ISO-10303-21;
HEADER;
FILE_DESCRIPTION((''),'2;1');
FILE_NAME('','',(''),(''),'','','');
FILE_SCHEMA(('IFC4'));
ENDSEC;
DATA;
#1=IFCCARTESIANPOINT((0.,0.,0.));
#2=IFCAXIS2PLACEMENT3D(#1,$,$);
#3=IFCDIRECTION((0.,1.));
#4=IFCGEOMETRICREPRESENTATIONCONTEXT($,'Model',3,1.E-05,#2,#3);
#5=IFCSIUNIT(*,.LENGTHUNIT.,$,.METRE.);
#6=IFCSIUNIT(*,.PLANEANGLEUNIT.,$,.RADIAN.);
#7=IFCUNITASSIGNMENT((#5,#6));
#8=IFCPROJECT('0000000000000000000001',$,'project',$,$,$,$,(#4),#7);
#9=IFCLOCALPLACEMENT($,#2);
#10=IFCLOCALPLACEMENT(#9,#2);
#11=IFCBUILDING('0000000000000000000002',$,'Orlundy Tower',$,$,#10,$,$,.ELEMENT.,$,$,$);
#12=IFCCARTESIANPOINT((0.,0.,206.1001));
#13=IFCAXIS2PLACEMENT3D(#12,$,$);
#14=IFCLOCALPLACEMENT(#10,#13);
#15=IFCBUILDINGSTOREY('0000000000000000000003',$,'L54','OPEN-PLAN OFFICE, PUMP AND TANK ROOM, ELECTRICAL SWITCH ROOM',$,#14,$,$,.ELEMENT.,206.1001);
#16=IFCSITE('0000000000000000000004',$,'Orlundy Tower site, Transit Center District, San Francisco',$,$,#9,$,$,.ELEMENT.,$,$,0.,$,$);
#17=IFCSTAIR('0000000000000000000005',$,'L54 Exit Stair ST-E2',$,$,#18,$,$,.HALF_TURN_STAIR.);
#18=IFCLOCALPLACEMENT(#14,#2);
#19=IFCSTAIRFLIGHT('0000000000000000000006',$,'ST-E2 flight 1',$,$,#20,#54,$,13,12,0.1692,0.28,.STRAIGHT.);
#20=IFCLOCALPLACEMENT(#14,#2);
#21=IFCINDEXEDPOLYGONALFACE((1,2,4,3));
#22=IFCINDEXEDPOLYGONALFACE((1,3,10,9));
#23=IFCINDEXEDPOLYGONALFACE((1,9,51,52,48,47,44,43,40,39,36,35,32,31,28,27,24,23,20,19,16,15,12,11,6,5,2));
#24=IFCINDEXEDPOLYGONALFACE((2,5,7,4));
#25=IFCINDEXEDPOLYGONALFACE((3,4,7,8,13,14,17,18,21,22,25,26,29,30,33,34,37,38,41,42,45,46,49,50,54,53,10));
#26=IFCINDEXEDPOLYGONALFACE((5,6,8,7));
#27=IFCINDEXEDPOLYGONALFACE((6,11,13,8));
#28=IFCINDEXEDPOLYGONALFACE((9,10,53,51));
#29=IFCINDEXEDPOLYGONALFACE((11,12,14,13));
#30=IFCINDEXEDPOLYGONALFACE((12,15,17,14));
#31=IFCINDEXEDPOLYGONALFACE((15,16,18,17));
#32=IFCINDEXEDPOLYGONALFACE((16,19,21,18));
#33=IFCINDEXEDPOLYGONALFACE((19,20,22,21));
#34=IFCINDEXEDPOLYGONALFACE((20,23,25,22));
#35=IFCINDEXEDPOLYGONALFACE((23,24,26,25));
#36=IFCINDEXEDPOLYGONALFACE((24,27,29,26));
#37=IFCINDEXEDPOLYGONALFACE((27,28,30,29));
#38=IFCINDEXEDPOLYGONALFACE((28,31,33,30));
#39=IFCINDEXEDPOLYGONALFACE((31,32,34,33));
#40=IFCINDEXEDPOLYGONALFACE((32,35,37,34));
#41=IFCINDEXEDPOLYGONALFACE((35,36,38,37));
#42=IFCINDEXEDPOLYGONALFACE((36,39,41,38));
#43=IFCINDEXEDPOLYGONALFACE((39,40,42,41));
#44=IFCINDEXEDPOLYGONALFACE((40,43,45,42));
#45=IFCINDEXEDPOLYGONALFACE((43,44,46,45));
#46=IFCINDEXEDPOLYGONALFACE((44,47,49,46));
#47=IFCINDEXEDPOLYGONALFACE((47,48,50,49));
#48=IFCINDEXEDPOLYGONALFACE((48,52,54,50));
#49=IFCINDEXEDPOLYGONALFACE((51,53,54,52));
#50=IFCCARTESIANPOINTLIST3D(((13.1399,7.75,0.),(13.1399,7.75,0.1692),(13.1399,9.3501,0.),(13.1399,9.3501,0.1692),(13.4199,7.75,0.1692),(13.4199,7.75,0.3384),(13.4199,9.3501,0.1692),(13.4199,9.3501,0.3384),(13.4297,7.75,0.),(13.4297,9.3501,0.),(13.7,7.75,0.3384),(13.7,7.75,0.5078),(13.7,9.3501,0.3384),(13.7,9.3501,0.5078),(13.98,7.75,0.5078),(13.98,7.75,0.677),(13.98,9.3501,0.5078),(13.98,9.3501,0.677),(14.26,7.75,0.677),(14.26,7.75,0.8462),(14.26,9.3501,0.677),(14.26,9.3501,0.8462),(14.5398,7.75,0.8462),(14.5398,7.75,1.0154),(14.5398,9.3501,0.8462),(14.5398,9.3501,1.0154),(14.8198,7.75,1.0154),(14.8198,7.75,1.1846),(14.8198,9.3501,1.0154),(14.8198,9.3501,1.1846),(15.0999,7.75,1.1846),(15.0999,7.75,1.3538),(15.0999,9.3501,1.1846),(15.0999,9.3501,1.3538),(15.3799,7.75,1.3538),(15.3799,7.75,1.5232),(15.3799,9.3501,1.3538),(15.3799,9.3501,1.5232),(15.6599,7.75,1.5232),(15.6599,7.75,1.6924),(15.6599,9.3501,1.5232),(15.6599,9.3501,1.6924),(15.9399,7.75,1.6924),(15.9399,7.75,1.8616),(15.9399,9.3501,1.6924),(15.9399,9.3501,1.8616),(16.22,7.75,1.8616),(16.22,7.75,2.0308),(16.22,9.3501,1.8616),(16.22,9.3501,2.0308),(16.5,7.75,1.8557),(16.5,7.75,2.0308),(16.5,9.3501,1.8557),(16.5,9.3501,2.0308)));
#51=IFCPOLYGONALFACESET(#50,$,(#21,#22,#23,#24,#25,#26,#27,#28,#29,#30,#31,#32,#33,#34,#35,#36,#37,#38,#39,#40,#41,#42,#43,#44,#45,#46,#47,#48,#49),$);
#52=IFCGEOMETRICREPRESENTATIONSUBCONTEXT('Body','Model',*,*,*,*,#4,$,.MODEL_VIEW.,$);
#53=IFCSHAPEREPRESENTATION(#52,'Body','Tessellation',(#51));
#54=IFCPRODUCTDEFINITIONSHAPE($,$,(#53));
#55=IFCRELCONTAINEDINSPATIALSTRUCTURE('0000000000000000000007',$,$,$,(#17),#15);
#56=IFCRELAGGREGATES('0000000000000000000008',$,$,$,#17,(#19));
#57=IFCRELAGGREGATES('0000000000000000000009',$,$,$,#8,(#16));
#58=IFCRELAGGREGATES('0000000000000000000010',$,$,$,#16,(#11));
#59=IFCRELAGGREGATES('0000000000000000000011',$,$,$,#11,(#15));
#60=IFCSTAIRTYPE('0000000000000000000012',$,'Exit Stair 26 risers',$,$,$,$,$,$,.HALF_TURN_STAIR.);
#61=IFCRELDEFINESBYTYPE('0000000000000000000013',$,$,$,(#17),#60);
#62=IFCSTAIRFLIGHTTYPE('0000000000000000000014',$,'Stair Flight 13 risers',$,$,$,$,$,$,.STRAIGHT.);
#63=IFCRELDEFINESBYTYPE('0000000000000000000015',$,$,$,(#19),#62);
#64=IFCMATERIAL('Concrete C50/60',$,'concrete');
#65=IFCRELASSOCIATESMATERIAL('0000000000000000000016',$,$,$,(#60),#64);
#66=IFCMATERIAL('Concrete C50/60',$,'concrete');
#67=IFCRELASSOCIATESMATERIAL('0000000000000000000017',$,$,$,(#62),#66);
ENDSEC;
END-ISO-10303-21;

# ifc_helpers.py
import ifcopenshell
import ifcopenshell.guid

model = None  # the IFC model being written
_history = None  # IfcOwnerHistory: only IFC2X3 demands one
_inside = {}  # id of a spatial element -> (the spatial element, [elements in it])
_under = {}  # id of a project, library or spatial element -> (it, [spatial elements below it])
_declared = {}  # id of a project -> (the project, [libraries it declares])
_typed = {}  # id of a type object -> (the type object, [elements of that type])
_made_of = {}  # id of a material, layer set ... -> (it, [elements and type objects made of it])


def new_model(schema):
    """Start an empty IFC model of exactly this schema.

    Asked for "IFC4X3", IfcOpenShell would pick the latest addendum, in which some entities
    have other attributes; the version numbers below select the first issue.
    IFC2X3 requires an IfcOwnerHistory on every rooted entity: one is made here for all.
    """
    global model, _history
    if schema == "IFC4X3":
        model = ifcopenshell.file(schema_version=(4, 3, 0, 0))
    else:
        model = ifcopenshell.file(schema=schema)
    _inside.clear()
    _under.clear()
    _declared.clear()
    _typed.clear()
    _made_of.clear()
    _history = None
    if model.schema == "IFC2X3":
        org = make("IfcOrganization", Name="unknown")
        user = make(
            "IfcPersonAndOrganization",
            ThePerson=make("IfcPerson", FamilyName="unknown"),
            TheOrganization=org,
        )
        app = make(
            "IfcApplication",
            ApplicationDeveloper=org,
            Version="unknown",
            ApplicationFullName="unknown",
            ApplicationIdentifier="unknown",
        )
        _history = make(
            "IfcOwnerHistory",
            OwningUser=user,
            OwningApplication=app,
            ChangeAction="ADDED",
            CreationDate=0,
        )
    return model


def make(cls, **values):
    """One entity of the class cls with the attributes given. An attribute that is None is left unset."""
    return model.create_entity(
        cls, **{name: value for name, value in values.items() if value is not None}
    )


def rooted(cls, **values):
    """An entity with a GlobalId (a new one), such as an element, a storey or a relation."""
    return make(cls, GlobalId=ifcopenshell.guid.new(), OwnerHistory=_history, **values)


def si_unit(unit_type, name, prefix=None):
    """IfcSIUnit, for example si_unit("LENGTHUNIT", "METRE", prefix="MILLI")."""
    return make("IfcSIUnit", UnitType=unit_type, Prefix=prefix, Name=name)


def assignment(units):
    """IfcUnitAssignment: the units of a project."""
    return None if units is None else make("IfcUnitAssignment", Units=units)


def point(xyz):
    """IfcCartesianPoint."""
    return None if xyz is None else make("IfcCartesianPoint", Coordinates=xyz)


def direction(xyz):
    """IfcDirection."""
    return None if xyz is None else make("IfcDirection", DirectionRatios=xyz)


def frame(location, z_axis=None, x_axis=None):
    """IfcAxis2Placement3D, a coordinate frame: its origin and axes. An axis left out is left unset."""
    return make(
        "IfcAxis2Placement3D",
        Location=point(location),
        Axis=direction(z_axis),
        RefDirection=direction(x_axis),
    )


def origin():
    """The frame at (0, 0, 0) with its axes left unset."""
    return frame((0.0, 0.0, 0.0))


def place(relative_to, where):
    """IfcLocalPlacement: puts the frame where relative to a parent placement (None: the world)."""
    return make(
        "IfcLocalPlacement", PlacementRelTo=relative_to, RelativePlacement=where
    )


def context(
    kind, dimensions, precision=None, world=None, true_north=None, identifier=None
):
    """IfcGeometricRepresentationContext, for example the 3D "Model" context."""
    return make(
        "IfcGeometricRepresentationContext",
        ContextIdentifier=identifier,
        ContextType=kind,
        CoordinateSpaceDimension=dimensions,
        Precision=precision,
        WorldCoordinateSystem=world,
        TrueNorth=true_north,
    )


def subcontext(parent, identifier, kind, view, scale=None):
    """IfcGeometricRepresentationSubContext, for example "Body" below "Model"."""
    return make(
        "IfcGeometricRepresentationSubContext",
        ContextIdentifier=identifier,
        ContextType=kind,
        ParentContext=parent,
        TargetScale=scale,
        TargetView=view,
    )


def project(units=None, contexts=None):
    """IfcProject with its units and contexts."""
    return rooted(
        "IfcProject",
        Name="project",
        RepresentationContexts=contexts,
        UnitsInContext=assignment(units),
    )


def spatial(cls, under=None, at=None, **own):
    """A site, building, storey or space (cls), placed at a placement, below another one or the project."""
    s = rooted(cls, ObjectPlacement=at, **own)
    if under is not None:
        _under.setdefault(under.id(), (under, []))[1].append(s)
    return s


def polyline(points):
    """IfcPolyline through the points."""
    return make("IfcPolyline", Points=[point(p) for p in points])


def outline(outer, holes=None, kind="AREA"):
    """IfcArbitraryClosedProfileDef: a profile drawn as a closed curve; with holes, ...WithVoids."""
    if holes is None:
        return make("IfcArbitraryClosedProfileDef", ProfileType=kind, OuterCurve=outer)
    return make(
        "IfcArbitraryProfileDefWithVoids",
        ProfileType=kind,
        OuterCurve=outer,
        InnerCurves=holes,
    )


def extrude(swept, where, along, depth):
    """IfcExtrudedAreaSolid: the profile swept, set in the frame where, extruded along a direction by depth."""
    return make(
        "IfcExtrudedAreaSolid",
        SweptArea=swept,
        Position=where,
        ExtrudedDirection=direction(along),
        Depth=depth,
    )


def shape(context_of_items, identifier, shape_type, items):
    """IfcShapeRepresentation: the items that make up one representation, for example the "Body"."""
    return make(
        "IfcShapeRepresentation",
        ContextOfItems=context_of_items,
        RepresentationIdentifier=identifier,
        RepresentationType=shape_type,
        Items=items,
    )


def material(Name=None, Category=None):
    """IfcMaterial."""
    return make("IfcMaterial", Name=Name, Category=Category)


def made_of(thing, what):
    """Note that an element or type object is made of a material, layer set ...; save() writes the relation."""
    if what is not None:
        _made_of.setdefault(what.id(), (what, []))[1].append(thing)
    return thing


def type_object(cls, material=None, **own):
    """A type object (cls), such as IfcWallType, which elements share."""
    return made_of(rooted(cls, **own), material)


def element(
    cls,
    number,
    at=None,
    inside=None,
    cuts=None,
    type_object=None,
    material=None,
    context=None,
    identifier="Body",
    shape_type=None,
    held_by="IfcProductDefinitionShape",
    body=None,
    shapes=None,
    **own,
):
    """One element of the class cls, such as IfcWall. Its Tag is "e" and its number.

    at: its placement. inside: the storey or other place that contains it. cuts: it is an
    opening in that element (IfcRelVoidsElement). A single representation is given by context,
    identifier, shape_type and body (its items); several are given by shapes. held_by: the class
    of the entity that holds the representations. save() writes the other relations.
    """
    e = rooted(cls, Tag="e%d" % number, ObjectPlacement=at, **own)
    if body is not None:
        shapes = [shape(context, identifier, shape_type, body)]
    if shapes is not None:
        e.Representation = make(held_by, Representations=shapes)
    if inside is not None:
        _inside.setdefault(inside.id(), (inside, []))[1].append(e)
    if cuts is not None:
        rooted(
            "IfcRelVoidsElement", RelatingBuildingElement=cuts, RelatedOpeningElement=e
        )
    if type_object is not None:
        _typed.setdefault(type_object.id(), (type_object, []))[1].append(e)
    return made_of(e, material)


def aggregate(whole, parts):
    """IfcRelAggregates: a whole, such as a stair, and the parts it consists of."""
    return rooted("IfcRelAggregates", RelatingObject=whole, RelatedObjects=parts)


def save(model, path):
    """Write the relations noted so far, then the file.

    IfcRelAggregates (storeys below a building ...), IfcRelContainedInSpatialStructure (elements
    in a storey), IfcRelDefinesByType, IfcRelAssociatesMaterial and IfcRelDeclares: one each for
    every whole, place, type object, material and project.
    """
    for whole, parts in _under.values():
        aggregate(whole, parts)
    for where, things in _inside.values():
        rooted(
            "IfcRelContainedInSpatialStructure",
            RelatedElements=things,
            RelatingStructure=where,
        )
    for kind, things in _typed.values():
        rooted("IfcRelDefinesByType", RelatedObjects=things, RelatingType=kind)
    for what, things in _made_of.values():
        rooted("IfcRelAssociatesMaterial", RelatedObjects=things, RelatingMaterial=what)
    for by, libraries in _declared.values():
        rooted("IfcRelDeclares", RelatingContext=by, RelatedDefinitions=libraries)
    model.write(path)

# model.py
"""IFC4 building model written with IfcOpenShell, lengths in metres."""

from ifc_helpers import new_model, si_unit, direction, frame, origin, place, context, subcontext, project, spatial, polyline, outline, extrude, material, type_object, element, aggregate, save


model = new_model("IFC4")

# Units and contexts
model_context = context("Model", 3, precision=1e-05, world=origin(), true_north=direction((0.0, 1.0)))
body_context = subcontext(model_context, "Body", "Model", "MODEL_VIEW")
ifc_project = project(units=[si_unit("LENGTHUNIT", "METRE"), si_unit("PLANEANGLEUNIT", "RADIAN")], contexts=[model_context])

# Site, building, storey
site_placement = place(None, origin())
site = spatial("IfcSite", under=ifc_project, at=site_placement, Name="Orlundy Tower site, Transit Center District, San Francisco", CompositionType="ELEMENT", RefElevation=0.0)
building_placement = place(site_placement, origin())
building = spatial("IfcBuilding", under=site, at=building_placement, Name="Orlundy Tower", CompositionType="ELEMENT")
storey_placement = place(building_placement, frame((0.0, 0.0, 206.1001)))
storey = spatial("IfcBuildingStorey", under=building, at=storey_placement, Name="L54", Description="OPEN-PLAN OFFICE, PUMP AND TANK ROOM, ELECTRICAL SWITCH ROOM", CompositionType="ELEMENT", Elevation=206.1001)

# Stair, stair flight
ifc_material_1 = material(Name="Concrete C50/60", Category="concrete")
stair_type = type_object("IfcStairType", Name="Exit Stair 26 risers", PredefinedType="HALF_TURN_STAIR", material=ifc_material_1)
stair_placement = place(storey_placement, origin())
stair = element("IfcStair", 1, at=stair_placement, inside=storey, type_object=stair_type, Name="L54 Exit Stair ST-E2", PredefinedType="HALF_TURN_STAIR")
ifc_material_2 = material(Name="Concrete C50/60", Category="concrete")
stair_flight_type = type_object("IfcStairFlightType", Name="Stair Flight 13 risers", PredefinedType="STRAIGHT", material=ifc_material_2)
stair_flight_placement = place(storey_placement, frame((13.1399, 8.55, 0.0), z_axis=(0.0, 0.0, 1.0), x_axis=(1.0, 0.0, 0.0)))
stair_flight = element("IfcStairFlight", 2, at=stair_flight_placement, type_object=stair_flight_type, Name="ST-E2 flight 1", NumberOfRisers=13, NumberOfTreads=12, PredefinedType="STRAIGHT", RiserHeight=0.1692, TreadLength=0.28, context=body_context, shape_type="SweptSolid", body=[
    extrude(outline(polyline([(0.0, 0.0), (0.0, 0.1692), (0.28, 0.1692), (0.28, 0.3384), (0.5601, 0.3384), (0.5601, 0.5078), (0.8401, 0.5078), (0.8401, 0.677), (1.1201, 0.677), (1.1201, 0.8462), (1.3999, 0.8462), (1.3999, 1.0154), (1.6799, 1.0154), (1.6799, 1.1846), (1.96, 1.1846), (1.96, 1.3538), (2.24, 1.3538), (2.24, 1.5232), (2.52, 1.5232), (2.52, 1.6924), (2.8, 1.6924), (2.8, 1.8616), (3.0801, 1.8616), (3.0801, 2.0308), (3.3601, 2.0308), (3.3601, 2.2), (3.3601, 1.8557), (0.2898, 0.0), (0.0, 0.0)])), frame((0.0, 0.8, 0.0), z_axis=(0.0, -1.0, 0.0), x_axis=(1.0, 0.0, 0.0)), (0.0, 0.0, 1.0), 1.6001),
])
aggregate(stair, [stair_flight])

save(model, "model.ifc")
